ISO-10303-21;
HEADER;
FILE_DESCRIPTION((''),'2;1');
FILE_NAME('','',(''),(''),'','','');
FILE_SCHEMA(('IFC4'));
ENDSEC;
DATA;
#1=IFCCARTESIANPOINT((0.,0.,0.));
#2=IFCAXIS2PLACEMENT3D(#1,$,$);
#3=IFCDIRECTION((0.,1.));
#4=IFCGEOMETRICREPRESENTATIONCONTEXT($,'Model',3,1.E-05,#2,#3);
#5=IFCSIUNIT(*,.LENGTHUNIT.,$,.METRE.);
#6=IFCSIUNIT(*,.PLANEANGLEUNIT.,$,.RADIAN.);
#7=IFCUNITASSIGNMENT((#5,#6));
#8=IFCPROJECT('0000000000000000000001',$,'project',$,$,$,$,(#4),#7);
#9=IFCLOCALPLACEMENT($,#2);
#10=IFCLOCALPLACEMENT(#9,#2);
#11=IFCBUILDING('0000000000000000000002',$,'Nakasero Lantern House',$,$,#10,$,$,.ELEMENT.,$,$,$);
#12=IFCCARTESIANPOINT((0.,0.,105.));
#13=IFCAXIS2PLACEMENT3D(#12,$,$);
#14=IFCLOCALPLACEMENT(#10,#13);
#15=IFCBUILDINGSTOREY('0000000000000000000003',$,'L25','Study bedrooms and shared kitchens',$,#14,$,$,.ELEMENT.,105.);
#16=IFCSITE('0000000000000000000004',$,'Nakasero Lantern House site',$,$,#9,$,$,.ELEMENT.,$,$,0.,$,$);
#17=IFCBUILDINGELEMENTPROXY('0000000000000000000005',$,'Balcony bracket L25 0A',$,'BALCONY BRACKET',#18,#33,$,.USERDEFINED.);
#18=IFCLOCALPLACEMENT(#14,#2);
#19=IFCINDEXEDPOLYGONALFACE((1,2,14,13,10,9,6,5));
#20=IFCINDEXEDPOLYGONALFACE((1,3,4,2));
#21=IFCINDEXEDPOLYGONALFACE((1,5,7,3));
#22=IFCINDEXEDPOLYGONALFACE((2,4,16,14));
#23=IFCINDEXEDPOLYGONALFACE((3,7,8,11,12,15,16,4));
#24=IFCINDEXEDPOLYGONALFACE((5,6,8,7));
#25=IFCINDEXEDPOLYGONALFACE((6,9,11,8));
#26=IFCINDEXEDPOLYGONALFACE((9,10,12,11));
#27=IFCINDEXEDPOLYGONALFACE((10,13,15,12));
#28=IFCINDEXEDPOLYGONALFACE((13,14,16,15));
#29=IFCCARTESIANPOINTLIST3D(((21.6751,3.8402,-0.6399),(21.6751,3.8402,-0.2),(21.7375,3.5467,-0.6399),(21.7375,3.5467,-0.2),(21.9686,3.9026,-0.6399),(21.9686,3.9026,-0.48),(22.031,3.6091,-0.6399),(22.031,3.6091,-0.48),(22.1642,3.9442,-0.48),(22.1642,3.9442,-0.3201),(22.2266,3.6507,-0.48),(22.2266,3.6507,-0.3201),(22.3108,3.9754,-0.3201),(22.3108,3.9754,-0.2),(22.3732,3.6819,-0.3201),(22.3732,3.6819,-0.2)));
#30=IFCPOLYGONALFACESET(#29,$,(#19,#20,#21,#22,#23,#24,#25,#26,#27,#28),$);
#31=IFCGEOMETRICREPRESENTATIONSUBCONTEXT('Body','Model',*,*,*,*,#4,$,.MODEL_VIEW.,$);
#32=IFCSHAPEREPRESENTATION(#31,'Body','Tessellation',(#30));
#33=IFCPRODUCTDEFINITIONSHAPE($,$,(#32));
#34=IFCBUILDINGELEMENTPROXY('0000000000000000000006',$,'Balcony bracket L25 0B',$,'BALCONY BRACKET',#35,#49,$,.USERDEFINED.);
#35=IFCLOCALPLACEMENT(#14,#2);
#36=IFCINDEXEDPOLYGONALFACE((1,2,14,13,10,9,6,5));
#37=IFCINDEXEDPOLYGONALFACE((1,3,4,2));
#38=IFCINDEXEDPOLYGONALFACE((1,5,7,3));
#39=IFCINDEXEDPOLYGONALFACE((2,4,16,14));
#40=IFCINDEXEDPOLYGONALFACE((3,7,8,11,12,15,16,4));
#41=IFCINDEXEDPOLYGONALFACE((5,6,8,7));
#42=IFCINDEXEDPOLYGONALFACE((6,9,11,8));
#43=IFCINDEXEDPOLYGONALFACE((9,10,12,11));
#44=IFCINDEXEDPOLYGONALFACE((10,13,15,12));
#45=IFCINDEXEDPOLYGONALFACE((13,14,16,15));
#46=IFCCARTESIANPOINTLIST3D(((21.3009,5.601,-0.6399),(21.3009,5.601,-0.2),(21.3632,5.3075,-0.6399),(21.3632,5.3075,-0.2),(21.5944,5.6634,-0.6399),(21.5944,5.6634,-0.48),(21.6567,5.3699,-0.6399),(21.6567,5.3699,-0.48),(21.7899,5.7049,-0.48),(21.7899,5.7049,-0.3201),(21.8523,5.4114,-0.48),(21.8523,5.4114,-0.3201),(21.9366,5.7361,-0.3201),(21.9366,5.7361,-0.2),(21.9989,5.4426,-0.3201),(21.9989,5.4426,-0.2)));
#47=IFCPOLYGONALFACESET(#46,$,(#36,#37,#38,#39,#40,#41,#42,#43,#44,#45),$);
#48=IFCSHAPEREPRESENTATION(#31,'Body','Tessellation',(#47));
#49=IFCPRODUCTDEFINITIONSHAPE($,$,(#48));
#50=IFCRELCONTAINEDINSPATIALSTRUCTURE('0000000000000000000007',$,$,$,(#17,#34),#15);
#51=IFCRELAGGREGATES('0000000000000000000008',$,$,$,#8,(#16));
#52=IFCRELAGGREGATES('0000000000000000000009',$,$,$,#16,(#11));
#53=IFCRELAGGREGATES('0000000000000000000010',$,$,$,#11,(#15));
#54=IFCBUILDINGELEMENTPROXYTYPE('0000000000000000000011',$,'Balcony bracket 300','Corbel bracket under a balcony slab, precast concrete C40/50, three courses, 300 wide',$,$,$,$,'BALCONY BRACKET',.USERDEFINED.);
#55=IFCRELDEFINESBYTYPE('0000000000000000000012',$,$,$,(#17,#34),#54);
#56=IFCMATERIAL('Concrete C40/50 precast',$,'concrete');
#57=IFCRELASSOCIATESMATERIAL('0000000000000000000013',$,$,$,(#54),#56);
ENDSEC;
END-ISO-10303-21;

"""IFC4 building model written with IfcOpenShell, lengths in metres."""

from ifc_helpers import new_model, si_unit, direction, frame, origin, place, context, subcontext, project, spatial, polyline, outline, extrude, material, type_object, element, save


model = new_model("IFC4")

# Units and contexts
model_context = context("Model", 3, precision=1e-05, world=origin(), true_north=direction((0.0, 1.0)))
body_context = subcontext(model_context, "Body", "Model", "MODEL_VIEW")
ifc_project = project(units=[si_unit("LENGTHUNIT", "METRE"), si_unit("PLANEANGLEUNIT", "RADIAN")], contexts=[model_context])

# Site, building, storey
site_placement = place(None, origin())
site = spatial("IfcSite", under=ifc_project, at=site_placement, Name="Nakasero Lantern House site", CompositionType="ELEMENT", RefElevation=0.0)
building_placement = place(site_placement, origin())
building = spatial("IfcBuilding", under=site, at=building_placement, Name="Nakasero Lantern House", CompositionType="ELEMENT")
storey_placement = place(building_placement, frame((0.0, 0.0, 105.0)))
storey = spatial("IfcBuildingStorey", under=building, at=storey_placement, Name="L25", Description="Study bedrooms and shared kitchens", CompositionType="ELEMENT", Elevation=105.0)

# Building element proxies
ifc_material_1 = material(Name="Concrete C40/50 precast", Category="concrete")
building_element_proxy_type = type_object("IfcBuildingElementProxyType", Name="Balcony bracket 300", Description="Corbel bracket under a balcony slab, precast concrete C40/50, three courses, 300 wide", ElementType="BALCONY BRACKET", PredefinedType="USERDEFINED", material=ifc_material_1)
for number, where, z_axis, x_axis, name in (
    (1, (21.7063, 3.6936, -0.2), (0.0, 0.0, 1.0), (0.978148, 0.207912, 0.0), "Balcony bracket L25 0A"),
    (2, (21.332, 5.4543, -0.2), (0.0, 0.0, 1.0), (0.978148, 0.207912, 0.0), "Balcony bracket L25 0B"),
):
    element("IfcBuildingElementProxy", number, at=place(storey_placement, frame(where, z_axis=z_axis, x_axis=x_axis)), inside=storey, type_object=building_element_proxy_type, Name=name, ObjectType="BALCONY BRACKET", PredefinedType="USERDEFINED", context=body_context, shape_type="SweptSolid", body=[
        extrude(outline(polyline([(0.0, 0.0), (0.6499, 0.0), (0.6499, -0.1201), (0.5, -0.1201), (0.5, -0.28), (0.3, -0.28), (0.3, -0.4399), (0.0, -0.4399), (0.0, 0.0)])), frame((0.0, 0.1499, 0.0), z_axis=(0.0, -1.0, 0.0), x_axis=(1.0, 0.0, 0.0)), (0.0, 0.0, 1.0), 0.3),
    ])

save(model, "model.ifc")
